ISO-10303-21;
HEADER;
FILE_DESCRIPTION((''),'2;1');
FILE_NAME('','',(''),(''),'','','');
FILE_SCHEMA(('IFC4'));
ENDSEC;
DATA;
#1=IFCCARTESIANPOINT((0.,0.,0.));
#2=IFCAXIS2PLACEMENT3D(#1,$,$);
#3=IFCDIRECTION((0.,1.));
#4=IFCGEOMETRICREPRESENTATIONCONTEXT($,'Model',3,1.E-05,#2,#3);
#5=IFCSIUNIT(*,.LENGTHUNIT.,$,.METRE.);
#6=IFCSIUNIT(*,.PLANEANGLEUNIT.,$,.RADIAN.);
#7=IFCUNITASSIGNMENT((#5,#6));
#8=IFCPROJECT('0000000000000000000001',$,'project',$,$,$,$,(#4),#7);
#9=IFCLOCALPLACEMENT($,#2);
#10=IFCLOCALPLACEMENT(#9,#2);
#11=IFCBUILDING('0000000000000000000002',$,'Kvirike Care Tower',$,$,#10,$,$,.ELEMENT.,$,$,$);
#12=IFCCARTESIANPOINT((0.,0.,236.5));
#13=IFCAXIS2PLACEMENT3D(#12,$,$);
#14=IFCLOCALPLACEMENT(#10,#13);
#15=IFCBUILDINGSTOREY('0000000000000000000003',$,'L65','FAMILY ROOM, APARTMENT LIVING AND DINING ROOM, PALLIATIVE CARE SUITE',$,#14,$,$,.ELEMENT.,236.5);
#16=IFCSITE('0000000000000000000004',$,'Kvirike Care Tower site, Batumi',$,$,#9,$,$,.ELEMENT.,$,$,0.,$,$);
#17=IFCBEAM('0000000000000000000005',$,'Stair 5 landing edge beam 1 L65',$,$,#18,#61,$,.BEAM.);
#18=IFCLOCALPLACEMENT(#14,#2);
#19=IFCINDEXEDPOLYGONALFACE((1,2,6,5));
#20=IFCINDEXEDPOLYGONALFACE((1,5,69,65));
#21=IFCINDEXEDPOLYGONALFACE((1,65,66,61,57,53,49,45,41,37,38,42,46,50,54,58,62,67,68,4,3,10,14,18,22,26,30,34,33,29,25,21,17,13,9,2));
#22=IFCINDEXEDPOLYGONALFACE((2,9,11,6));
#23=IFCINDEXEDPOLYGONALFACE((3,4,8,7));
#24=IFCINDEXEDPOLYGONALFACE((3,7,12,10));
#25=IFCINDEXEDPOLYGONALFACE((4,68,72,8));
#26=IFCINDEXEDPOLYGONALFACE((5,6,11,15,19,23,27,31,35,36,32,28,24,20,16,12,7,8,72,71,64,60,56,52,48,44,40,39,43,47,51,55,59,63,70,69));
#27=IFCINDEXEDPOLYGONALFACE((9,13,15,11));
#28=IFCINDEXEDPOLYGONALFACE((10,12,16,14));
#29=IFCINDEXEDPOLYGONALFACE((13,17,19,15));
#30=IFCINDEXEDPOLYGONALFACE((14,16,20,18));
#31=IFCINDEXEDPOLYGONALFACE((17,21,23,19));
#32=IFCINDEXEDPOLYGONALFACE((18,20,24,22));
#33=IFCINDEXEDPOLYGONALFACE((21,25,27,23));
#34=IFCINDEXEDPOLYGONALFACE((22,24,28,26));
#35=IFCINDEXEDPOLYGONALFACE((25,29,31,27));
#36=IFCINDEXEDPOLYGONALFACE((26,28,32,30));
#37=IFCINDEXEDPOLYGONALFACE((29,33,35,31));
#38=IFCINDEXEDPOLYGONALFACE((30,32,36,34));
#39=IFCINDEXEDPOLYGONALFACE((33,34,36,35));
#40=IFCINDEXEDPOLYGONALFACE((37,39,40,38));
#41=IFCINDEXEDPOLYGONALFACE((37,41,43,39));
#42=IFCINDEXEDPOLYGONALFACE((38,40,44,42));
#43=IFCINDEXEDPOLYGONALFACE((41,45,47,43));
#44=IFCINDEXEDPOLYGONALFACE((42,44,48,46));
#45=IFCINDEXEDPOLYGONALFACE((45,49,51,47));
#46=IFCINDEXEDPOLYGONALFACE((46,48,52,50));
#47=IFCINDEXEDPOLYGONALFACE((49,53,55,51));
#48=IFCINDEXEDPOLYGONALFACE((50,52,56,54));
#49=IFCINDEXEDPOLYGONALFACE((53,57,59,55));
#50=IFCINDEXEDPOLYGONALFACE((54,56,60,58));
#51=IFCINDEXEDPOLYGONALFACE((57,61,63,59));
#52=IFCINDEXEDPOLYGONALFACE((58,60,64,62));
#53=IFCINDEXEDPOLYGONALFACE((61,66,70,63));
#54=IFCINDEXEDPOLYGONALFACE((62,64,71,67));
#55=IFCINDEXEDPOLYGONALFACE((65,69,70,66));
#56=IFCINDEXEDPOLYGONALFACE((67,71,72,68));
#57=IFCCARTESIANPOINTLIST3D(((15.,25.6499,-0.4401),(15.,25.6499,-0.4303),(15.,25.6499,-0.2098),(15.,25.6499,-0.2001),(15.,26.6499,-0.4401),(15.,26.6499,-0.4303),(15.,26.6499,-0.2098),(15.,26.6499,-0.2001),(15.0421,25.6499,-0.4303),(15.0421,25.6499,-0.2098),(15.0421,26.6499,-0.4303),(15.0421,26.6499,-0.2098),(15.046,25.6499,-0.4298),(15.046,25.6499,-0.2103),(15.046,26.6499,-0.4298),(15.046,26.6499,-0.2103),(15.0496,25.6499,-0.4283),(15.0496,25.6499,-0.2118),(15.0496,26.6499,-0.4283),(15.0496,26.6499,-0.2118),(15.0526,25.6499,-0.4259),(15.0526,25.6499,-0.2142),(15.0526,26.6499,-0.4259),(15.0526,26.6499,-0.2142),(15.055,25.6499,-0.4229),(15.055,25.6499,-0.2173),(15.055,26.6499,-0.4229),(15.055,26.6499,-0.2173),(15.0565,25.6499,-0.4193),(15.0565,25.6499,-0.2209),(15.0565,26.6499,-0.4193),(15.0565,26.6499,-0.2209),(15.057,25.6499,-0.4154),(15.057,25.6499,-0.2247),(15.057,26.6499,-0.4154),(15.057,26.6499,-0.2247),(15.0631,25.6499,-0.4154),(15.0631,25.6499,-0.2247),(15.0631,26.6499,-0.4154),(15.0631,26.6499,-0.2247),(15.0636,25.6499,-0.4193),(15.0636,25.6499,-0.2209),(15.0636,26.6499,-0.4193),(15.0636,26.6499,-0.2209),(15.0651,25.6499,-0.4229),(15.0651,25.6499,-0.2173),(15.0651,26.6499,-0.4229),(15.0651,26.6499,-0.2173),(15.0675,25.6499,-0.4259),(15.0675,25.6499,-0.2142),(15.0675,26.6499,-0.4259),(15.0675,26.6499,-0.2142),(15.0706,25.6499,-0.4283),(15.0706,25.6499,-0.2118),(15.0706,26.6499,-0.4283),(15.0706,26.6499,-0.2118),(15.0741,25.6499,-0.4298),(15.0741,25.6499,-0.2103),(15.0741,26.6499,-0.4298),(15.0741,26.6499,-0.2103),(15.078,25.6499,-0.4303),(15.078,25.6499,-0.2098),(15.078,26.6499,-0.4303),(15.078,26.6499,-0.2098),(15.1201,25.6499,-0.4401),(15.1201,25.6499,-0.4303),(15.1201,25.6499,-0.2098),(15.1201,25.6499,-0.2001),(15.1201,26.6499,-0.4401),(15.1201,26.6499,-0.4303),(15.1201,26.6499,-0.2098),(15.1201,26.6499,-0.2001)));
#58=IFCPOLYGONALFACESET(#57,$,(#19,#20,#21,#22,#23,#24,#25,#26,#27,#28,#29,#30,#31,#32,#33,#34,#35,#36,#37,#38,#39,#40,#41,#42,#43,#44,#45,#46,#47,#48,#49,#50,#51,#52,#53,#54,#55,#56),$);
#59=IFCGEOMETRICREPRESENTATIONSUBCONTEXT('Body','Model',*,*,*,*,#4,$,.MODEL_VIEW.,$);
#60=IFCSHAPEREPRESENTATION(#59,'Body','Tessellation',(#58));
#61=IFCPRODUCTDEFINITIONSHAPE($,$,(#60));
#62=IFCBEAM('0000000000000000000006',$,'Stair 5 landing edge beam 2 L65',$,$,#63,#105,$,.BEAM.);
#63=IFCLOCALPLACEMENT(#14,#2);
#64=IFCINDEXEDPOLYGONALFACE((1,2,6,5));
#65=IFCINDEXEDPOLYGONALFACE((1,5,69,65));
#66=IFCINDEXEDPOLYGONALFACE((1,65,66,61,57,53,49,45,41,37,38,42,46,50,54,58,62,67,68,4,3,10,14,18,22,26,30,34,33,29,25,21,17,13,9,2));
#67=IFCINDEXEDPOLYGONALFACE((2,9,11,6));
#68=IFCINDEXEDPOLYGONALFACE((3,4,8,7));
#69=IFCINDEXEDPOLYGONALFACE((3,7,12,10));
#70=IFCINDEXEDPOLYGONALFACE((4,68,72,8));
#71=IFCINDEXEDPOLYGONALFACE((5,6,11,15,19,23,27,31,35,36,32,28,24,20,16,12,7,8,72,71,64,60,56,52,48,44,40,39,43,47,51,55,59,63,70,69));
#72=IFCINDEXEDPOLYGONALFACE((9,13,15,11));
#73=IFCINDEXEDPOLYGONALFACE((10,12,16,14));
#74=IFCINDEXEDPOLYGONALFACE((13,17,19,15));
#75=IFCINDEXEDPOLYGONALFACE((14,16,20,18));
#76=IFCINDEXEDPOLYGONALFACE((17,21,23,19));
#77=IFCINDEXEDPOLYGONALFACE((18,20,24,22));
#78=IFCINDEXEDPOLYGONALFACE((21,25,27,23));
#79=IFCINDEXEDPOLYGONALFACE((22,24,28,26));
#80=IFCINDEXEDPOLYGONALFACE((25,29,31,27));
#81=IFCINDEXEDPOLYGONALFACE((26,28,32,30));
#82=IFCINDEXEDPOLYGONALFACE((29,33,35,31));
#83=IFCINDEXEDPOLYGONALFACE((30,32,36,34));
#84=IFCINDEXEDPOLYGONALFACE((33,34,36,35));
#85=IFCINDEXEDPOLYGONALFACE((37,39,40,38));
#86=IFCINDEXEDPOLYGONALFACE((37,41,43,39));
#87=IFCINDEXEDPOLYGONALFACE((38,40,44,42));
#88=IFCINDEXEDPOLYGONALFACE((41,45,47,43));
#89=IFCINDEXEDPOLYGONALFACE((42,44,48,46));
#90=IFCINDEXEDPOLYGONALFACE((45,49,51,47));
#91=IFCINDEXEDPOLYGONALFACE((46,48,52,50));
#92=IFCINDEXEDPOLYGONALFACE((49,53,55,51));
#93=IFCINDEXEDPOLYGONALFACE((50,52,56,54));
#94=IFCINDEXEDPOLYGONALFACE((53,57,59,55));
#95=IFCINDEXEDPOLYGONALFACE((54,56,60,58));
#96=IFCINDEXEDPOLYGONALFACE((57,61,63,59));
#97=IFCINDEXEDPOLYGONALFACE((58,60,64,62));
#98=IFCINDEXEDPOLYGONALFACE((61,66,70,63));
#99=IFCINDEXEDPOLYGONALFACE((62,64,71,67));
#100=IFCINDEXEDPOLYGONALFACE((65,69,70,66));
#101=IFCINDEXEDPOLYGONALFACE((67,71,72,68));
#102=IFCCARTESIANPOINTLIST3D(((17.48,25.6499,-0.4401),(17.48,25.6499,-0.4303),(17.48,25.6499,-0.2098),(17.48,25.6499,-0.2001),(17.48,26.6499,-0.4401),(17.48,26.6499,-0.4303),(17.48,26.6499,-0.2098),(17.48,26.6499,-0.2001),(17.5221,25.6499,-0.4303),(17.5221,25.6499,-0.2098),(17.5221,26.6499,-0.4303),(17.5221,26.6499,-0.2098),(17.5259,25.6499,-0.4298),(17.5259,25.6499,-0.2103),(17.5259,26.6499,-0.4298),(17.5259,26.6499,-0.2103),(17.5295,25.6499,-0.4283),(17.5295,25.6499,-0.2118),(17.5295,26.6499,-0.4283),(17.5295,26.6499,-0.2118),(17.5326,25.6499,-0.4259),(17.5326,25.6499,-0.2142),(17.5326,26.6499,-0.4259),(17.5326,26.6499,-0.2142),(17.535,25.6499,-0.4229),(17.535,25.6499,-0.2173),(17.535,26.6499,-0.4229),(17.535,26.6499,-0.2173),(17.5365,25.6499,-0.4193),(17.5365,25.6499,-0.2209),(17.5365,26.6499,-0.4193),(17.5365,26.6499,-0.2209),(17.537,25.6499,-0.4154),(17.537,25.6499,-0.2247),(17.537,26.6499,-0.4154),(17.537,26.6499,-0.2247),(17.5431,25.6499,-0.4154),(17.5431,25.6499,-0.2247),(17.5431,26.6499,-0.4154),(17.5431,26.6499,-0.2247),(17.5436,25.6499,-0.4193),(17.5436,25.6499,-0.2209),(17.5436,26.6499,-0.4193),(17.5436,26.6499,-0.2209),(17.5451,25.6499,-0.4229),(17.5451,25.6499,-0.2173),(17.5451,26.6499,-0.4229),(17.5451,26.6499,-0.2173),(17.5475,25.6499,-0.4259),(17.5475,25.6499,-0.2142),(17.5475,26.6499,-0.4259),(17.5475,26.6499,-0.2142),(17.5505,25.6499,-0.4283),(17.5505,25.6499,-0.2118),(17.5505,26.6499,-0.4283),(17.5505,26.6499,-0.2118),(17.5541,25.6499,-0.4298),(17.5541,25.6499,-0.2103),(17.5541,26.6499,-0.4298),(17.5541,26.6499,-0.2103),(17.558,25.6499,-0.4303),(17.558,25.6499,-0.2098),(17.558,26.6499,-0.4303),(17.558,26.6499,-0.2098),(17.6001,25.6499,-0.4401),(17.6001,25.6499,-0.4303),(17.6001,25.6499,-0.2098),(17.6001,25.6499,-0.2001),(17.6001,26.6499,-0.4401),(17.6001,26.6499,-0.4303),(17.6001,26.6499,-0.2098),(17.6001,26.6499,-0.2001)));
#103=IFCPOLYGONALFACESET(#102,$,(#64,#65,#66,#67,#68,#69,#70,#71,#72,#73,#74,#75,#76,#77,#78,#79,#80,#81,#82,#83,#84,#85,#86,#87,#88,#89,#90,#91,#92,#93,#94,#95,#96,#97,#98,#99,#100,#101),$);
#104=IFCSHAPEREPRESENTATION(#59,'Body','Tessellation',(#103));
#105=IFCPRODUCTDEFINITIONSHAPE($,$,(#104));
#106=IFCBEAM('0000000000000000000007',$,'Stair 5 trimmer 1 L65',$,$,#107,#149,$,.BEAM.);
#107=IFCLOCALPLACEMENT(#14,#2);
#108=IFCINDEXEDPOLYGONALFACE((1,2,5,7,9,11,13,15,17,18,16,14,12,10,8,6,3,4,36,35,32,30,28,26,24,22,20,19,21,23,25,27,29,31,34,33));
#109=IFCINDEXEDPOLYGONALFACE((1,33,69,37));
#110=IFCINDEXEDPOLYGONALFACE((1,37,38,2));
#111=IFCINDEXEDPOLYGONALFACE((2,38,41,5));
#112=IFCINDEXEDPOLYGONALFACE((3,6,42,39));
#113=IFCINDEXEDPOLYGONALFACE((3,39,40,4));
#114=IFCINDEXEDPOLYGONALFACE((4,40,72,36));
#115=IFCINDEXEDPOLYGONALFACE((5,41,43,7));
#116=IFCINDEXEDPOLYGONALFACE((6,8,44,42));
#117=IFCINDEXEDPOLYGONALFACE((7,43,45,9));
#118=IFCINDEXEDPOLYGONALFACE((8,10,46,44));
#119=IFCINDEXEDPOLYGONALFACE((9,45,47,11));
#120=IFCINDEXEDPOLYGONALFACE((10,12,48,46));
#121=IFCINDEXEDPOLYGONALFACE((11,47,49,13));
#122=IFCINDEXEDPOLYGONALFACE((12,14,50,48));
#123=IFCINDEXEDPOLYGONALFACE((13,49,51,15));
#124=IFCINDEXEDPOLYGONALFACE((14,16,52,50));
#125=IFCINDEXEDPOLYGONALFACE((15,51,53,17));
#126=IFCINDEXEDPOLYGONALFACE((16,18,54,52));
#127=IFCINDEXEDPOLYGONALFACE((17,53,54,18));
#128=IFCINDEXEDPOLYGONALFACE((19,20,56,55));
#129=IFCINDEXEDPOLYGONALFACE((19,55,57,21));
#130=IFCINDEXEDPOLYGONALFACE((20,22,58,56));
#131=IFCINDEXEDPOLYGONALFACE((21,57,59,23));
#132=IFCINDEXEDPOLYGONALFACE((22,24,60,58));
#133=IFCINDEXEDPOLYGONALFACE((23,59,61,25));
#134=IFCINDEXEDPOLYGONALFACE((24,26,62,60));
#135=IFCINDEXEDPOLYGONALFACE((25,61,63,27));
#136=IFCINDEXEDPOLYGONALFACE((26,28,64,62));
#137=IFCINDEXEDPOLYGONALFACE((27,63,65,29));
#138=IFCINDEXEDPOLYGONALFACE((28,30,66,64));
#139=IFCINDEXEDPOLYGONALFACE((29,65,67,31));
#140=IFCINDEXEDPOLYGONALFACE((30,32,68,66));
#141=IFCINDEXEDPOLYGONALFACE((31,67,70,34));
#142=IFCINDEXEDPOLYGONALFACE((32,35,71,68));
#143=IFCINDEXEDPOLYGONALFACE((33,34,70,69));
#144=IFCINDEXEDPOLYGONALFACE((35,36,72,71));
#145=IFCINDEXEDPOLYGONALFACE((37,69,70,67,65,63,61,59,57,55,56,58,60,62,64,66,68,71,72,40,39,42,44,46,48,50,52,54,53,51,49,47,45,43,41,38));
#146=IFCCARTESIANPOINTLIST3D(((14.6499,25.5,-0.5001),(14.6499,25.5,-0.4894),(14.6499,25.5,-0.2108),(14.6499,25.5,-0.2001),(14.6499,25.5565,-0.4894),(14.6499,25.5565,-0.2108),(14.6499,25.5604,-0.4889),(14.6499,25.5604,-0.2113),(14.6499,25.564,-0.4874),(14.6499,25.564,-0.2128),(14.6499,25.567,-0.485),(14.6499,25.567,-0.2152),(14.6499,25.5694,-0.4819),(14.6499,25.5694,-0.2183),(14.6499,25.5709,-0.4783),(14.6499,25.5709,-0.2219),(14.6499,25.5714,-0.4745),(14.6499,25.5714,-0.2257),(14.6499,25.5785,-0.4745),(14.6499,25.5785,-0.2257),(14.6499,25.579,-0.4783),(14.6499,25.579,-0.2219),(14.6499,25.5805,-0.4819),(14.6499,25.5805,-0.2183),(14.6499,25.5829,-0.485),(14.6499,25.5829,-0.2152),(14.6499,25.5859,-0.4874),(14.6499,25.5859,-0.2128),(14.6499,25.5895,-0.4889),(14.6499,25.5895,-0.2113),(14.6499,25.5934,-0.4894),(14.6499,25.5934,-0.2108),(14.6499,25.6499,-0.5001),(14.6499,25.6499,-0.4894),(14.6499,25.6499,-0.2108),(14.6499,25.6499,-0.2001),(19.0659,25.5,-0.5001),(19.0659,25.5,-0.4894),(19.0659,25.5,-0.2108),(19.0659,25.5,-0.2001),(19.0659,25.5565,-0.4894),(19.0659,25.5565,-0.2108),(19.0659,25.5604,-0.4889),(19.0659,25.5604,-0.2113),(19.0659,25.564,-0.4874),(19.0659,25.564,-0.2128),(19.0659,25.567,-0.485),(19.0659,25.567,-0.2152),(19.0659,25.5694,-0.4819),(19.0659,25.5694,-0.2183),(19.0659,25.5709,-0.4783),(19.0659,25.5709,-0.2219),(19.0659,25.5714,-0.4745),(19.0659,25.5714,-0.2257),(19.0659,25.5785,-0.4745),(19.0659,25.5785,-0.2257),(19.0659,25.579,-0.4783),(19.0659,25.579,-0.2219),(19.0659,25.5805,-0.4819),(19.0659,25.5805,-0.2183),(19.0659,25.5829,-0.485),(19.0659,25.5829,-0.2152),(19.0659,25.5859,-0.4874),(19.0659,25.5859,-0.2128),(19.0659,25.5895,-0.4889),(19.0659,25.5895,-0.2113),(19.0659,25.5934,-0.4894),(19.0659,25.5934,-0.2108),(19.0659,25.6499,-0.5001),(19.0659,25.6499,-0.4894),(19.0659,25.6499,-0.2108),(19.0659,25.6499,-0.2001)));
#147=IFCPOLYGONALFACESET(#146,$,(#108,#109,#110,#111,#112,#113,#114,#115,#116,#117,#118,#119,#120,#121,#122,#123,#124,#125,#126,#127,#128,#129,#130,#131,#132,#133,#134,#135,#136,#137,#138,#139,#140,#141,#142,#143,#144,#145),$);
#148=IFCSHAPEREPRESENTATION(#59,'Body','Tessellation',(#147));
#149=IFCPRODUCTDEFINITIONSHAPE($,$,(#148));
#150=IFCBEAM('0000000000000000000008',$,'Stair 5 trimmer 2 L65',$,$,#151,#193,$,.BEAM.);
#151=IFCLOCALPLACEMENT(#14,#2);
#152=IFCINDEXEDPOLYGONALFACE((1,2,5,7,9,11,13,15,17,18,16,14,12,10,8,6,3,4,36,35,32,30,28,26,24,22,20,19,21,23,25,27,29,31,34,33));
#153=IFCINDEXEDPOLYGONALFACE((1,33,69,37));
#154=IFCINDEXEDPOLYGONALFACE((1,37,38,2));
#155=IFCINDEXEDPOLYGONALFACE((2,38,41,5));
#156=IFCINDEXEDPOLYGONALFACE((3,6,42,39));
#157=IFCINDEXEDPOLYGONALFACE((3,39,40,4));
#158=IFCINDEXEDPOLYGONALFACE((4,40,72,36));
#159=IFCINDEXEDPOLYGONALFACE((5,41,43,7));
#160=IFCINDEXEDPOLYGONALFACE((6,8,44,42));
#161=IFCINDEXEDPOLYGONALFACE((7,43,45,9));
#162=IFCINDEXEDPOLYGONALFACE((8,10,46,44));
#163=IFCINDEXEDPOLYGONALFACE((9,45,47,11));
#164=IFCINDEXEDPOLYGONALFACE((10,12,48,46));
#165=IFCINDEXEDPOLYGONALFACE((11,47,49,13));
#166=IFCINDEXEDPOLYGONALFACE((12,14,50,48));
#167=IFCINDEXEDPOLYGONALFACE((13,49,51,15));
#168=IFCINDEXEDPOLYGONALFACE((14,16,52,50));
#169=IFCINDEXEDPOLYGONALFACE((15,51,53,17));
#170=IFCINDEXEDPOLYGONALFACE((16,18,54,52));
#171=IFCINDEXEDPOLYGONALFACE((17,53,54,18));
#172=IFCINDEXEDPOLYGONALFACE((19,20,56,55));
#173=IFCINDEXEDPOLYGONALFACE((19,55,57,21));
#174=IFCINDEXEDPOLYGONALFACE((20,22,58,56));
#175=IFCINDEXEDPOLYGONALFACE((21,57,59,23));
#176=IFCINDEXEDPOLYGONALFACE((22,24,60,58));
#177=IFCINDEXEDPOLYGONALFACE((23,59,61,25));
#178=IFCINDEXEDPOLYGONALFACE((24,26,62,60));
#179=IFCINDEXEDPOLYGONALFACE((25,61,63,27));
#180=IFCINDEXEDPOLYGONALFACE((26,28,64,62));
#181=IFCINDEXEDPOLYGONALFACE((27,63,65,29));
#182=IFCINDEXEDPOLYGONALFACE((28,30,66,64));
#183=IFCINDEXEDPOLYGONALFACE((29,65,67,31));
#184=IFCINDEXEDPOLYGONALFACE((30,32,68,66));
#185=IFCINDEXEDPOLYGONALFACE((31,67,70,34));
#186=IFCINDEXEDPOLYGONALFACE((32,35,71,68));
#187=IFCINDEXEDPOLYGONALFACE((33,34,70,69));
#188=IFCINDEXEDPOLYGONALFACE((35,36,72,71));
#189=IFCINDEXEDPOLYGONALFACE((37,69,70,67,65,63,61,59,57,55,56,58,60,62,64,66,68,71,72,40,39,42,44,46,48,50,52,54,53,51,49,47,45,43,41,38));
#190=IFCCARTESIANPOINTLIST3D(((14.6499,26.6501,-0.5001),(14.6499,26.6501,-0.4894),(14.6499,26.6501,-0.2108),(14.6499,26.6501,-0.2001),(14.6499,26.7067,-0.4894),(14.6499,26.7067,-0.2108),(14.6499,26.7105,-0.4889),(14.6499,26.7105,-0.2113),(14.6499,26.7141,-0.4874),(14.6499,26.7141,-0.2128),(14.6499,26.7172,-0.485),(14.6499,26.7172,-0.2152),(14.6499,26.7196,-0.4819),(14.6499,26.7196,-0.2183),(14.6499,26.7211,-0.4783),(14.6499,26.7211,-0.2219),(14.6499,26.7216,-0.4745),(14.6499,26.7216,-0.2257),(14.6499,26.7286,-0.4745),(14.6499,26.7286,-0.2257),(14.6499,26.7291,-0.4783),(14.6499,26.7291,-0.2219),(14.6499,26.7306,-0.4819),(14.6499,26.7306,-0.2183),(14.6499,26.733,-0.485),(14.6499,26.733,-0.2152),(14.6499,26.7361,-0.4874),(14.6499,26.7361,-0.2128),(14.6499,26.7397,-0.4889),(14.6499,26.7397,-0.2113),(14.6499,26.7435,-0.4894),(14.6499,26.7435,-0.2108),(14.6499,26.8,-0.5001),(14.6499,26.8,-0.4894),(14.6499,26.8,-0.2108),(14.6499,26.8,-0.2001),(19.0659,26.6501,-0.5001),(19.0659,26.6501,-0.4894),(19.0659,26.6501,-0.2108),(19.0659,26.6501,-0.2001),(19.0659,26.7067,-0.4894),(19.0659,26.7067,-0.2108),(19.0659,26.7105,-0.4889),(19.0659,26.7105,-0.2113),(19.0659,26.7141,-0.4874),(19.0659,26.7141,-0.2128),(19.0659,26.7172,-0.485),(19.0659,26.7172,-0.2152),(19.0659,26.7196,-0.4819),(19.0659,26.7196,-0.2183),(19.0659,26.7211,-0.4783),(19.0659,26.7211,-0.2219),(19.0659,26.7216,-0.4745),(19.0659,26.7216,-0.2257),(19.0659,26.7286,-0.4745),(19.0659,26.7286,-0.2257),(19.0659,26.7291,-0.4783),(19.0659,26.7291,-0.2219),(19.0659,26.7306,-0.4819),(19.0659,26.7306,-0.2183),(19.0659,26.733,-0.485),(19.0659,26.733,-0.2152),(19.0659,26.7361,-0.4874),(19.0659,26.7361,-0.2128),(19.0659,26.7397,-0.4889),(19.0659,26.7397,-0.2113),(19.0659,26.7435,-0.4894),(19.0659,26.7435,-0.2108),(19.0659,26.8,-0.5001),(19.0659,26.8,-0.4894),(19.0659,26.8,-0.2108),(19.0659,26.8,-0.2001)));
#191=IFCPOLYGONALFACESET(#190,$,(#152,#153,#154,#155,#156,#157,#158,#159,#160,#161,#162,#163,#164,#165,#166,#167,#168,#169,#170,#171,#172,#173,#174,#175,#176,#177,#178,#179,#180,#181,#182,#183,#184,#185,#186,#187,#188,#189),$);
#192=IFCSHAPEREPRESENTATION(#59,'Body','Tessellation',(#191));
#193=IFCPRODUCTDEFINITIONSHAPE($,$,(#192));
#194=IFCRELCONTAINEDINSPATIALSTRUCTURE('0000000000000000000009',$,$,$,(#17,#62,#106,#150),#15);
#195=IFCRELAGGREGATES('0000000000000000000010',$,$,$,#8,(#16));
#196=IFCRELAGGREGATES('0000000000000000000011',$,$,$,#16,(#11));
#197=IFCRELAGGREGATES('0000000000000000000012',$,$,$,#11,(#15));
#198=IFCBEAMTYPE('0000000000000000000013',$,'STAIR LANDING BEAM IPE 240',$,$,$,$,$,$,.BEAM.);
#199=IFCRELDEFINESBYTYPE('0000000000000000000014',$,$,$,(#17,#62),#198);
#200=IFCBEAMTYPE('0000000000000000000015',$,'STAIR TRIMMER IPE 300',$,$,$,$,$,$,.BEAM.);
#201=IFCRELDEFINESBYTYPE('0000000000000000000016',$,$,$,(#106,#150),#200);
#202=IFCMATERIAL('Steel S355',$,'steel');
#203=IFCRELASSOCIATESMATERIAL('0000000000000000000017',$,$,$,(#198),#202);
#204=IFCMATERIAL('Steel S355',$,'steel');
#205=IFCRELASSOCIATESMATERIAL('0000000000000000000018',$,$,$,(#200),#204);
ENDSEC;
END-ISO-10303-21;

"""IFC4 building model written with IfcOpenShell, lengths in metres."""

from ifc_helpers import new_model, si_unit, direction, frame, origin, origin_2d, place, context, subcontext, project, spatial, i_section, extrude, material, material_profile, profile_set, type_object, element, save


model = new_model("IFC4")

# Units and contexts
model_context = context("Model", 3, precision=1e-05, world=origin(), true_north=direction((0.0, 1.0)))
body_context = subcontext(model_context, "Body", "Model", "MODEL_VIEW")
ifc_project = project(units=[si_unit("LENGTHUNIT", "METRE"), si_unit("PLANEANGLEUNIT", "RADIAN")], contexts=[model_context])

# Site, building, storey
site_placement = place(None, origin())
site = spatial("IfcSite", under=ifc_project, at=site_placement, Name="Kvirike Care Tower site, Batumi", CompositionType="ELEMENT", RefElevation=0.0)
building_placement = place(site_placement, origin())
building = spatial("IfcBuilding", under=site, at=building_placement, Name="Kvirike Care Tower", CompositionType="ELEMENT")
storey_placement = place(building_placement, frame((0.0, 0.0, 236.5)))
storey = spatial("IfcBuildingStorey", under=building, at=storey_placement, Name="L65", Description="FAMILY ROOM, APARTMENT LIVING AND DINING ROOM, PALLIATIVE CARE SUITE", CompositionType="ELEMENT", Elevation=236.5)

# Beams
ifc_material_1 = material(Name="Steel S355", Category="steel")
ifc_material_profile_1 = material_profile(ifc_material_1, i_section(OverallWidth=0.1201, OverallDepth=0.24, WebThickness=0.0061, FlangeThickness=0.0098, FilletRadius=0.0149, at=origin_2d()), Name="IPE 240")
ifc_profile_set_1 = profile_set([ifc_material_profile_1], Name="Steel S355")
beam_type_1 = type_object("IfcBeamType", Name="STAIR LANDING BEAM IPE 240", PredefinedType="BEAM", material=ifc_profile_set_1)
for number, where, z_axis, x_axis, name in (
    (1, (15.0601, 25.6499, -0.3201), (0.0, 1.0, 0.0), (-1.0, 0.0, 0.0), "Stair 5 landing edge beam 1 L65"),
    (2, (17.54, 25.6499, -0.3201), (0.0, 1.0, 0.0), (-1.0, 0.0, 0.0), "Stair 5 landing edge beam 2 L65"),
):
    element("IfcBeam", number, at=place(storey_placement, frame(where, z_axis=z_axis, x_axis=x_axis)), inside=storey, type_object=beam_type_1, Name=name, PredefinedType="BEAM", context=body_context, shape_type="SweptSolid", body=[
        extrude(i_section(OverallWidth=0.1201, OverallDepth=0.24, WebThickness=0.0061, FlangeThickness=0.0098, FilletRadius=0.0149, at=origin_2d()), origin(), (0.0, 0.0, 1.0), 1.0),
    ])
ifc_material_2 = material(Name="Steel S355", Category="steel")
ifc_material_profile_2 = material_profile(ifc_material_2, i_section(OverallWidth=0.1499, OverallDepth=0.3, WebThickness=0.0071, FlangeThickness=0.0107, FilletRadius=0.0149, at=origin_2d()), Name="IPE 300")
ifc_profile_set_2 = profile_set([ifc_material_profile_2], Name="Steel S355")
beam_type_2 = type_object("IfcBeamType", Name="STAIR TRIMMER IPE 300", PredefinedType="BEAM", material=ifc_profile_set_2)
for number, where, z_axis, x_axis, name in (
    (3, (14.6499, 25.575, -0.3501), (1.0, 0.0, 0.0), (0.0, 1.0, 0.0), "Stair 5 trimmer 1 L65"),
    (4, (14.6499, 26.7251, -0.3501), (1.0, 0.0, 0.0), (0.0, 1.0, 0.0), "Stair 5 trimmer 2 L65"),
):
    element("IfcBeam", number, at=place(storey_placement, frame(where, z_axis=z_axis, x_axis=x_axis)), inside=storey, type_object=beam_type_2, Name=name, PredefinedType="BEAM", context=body_context, shape_type="SweptSolid", body=[
        extrude(i_section(OverallWidth=0.1499, OverallDepth=0.3, WebThickness=0.0071, FlangeThickness=0.0107, FilletRadius=0.0149, at=origin_2d()), origin(), (0.0, 0.0, 1.0), 4.416),
    ])

save(model, "model.ifc")
